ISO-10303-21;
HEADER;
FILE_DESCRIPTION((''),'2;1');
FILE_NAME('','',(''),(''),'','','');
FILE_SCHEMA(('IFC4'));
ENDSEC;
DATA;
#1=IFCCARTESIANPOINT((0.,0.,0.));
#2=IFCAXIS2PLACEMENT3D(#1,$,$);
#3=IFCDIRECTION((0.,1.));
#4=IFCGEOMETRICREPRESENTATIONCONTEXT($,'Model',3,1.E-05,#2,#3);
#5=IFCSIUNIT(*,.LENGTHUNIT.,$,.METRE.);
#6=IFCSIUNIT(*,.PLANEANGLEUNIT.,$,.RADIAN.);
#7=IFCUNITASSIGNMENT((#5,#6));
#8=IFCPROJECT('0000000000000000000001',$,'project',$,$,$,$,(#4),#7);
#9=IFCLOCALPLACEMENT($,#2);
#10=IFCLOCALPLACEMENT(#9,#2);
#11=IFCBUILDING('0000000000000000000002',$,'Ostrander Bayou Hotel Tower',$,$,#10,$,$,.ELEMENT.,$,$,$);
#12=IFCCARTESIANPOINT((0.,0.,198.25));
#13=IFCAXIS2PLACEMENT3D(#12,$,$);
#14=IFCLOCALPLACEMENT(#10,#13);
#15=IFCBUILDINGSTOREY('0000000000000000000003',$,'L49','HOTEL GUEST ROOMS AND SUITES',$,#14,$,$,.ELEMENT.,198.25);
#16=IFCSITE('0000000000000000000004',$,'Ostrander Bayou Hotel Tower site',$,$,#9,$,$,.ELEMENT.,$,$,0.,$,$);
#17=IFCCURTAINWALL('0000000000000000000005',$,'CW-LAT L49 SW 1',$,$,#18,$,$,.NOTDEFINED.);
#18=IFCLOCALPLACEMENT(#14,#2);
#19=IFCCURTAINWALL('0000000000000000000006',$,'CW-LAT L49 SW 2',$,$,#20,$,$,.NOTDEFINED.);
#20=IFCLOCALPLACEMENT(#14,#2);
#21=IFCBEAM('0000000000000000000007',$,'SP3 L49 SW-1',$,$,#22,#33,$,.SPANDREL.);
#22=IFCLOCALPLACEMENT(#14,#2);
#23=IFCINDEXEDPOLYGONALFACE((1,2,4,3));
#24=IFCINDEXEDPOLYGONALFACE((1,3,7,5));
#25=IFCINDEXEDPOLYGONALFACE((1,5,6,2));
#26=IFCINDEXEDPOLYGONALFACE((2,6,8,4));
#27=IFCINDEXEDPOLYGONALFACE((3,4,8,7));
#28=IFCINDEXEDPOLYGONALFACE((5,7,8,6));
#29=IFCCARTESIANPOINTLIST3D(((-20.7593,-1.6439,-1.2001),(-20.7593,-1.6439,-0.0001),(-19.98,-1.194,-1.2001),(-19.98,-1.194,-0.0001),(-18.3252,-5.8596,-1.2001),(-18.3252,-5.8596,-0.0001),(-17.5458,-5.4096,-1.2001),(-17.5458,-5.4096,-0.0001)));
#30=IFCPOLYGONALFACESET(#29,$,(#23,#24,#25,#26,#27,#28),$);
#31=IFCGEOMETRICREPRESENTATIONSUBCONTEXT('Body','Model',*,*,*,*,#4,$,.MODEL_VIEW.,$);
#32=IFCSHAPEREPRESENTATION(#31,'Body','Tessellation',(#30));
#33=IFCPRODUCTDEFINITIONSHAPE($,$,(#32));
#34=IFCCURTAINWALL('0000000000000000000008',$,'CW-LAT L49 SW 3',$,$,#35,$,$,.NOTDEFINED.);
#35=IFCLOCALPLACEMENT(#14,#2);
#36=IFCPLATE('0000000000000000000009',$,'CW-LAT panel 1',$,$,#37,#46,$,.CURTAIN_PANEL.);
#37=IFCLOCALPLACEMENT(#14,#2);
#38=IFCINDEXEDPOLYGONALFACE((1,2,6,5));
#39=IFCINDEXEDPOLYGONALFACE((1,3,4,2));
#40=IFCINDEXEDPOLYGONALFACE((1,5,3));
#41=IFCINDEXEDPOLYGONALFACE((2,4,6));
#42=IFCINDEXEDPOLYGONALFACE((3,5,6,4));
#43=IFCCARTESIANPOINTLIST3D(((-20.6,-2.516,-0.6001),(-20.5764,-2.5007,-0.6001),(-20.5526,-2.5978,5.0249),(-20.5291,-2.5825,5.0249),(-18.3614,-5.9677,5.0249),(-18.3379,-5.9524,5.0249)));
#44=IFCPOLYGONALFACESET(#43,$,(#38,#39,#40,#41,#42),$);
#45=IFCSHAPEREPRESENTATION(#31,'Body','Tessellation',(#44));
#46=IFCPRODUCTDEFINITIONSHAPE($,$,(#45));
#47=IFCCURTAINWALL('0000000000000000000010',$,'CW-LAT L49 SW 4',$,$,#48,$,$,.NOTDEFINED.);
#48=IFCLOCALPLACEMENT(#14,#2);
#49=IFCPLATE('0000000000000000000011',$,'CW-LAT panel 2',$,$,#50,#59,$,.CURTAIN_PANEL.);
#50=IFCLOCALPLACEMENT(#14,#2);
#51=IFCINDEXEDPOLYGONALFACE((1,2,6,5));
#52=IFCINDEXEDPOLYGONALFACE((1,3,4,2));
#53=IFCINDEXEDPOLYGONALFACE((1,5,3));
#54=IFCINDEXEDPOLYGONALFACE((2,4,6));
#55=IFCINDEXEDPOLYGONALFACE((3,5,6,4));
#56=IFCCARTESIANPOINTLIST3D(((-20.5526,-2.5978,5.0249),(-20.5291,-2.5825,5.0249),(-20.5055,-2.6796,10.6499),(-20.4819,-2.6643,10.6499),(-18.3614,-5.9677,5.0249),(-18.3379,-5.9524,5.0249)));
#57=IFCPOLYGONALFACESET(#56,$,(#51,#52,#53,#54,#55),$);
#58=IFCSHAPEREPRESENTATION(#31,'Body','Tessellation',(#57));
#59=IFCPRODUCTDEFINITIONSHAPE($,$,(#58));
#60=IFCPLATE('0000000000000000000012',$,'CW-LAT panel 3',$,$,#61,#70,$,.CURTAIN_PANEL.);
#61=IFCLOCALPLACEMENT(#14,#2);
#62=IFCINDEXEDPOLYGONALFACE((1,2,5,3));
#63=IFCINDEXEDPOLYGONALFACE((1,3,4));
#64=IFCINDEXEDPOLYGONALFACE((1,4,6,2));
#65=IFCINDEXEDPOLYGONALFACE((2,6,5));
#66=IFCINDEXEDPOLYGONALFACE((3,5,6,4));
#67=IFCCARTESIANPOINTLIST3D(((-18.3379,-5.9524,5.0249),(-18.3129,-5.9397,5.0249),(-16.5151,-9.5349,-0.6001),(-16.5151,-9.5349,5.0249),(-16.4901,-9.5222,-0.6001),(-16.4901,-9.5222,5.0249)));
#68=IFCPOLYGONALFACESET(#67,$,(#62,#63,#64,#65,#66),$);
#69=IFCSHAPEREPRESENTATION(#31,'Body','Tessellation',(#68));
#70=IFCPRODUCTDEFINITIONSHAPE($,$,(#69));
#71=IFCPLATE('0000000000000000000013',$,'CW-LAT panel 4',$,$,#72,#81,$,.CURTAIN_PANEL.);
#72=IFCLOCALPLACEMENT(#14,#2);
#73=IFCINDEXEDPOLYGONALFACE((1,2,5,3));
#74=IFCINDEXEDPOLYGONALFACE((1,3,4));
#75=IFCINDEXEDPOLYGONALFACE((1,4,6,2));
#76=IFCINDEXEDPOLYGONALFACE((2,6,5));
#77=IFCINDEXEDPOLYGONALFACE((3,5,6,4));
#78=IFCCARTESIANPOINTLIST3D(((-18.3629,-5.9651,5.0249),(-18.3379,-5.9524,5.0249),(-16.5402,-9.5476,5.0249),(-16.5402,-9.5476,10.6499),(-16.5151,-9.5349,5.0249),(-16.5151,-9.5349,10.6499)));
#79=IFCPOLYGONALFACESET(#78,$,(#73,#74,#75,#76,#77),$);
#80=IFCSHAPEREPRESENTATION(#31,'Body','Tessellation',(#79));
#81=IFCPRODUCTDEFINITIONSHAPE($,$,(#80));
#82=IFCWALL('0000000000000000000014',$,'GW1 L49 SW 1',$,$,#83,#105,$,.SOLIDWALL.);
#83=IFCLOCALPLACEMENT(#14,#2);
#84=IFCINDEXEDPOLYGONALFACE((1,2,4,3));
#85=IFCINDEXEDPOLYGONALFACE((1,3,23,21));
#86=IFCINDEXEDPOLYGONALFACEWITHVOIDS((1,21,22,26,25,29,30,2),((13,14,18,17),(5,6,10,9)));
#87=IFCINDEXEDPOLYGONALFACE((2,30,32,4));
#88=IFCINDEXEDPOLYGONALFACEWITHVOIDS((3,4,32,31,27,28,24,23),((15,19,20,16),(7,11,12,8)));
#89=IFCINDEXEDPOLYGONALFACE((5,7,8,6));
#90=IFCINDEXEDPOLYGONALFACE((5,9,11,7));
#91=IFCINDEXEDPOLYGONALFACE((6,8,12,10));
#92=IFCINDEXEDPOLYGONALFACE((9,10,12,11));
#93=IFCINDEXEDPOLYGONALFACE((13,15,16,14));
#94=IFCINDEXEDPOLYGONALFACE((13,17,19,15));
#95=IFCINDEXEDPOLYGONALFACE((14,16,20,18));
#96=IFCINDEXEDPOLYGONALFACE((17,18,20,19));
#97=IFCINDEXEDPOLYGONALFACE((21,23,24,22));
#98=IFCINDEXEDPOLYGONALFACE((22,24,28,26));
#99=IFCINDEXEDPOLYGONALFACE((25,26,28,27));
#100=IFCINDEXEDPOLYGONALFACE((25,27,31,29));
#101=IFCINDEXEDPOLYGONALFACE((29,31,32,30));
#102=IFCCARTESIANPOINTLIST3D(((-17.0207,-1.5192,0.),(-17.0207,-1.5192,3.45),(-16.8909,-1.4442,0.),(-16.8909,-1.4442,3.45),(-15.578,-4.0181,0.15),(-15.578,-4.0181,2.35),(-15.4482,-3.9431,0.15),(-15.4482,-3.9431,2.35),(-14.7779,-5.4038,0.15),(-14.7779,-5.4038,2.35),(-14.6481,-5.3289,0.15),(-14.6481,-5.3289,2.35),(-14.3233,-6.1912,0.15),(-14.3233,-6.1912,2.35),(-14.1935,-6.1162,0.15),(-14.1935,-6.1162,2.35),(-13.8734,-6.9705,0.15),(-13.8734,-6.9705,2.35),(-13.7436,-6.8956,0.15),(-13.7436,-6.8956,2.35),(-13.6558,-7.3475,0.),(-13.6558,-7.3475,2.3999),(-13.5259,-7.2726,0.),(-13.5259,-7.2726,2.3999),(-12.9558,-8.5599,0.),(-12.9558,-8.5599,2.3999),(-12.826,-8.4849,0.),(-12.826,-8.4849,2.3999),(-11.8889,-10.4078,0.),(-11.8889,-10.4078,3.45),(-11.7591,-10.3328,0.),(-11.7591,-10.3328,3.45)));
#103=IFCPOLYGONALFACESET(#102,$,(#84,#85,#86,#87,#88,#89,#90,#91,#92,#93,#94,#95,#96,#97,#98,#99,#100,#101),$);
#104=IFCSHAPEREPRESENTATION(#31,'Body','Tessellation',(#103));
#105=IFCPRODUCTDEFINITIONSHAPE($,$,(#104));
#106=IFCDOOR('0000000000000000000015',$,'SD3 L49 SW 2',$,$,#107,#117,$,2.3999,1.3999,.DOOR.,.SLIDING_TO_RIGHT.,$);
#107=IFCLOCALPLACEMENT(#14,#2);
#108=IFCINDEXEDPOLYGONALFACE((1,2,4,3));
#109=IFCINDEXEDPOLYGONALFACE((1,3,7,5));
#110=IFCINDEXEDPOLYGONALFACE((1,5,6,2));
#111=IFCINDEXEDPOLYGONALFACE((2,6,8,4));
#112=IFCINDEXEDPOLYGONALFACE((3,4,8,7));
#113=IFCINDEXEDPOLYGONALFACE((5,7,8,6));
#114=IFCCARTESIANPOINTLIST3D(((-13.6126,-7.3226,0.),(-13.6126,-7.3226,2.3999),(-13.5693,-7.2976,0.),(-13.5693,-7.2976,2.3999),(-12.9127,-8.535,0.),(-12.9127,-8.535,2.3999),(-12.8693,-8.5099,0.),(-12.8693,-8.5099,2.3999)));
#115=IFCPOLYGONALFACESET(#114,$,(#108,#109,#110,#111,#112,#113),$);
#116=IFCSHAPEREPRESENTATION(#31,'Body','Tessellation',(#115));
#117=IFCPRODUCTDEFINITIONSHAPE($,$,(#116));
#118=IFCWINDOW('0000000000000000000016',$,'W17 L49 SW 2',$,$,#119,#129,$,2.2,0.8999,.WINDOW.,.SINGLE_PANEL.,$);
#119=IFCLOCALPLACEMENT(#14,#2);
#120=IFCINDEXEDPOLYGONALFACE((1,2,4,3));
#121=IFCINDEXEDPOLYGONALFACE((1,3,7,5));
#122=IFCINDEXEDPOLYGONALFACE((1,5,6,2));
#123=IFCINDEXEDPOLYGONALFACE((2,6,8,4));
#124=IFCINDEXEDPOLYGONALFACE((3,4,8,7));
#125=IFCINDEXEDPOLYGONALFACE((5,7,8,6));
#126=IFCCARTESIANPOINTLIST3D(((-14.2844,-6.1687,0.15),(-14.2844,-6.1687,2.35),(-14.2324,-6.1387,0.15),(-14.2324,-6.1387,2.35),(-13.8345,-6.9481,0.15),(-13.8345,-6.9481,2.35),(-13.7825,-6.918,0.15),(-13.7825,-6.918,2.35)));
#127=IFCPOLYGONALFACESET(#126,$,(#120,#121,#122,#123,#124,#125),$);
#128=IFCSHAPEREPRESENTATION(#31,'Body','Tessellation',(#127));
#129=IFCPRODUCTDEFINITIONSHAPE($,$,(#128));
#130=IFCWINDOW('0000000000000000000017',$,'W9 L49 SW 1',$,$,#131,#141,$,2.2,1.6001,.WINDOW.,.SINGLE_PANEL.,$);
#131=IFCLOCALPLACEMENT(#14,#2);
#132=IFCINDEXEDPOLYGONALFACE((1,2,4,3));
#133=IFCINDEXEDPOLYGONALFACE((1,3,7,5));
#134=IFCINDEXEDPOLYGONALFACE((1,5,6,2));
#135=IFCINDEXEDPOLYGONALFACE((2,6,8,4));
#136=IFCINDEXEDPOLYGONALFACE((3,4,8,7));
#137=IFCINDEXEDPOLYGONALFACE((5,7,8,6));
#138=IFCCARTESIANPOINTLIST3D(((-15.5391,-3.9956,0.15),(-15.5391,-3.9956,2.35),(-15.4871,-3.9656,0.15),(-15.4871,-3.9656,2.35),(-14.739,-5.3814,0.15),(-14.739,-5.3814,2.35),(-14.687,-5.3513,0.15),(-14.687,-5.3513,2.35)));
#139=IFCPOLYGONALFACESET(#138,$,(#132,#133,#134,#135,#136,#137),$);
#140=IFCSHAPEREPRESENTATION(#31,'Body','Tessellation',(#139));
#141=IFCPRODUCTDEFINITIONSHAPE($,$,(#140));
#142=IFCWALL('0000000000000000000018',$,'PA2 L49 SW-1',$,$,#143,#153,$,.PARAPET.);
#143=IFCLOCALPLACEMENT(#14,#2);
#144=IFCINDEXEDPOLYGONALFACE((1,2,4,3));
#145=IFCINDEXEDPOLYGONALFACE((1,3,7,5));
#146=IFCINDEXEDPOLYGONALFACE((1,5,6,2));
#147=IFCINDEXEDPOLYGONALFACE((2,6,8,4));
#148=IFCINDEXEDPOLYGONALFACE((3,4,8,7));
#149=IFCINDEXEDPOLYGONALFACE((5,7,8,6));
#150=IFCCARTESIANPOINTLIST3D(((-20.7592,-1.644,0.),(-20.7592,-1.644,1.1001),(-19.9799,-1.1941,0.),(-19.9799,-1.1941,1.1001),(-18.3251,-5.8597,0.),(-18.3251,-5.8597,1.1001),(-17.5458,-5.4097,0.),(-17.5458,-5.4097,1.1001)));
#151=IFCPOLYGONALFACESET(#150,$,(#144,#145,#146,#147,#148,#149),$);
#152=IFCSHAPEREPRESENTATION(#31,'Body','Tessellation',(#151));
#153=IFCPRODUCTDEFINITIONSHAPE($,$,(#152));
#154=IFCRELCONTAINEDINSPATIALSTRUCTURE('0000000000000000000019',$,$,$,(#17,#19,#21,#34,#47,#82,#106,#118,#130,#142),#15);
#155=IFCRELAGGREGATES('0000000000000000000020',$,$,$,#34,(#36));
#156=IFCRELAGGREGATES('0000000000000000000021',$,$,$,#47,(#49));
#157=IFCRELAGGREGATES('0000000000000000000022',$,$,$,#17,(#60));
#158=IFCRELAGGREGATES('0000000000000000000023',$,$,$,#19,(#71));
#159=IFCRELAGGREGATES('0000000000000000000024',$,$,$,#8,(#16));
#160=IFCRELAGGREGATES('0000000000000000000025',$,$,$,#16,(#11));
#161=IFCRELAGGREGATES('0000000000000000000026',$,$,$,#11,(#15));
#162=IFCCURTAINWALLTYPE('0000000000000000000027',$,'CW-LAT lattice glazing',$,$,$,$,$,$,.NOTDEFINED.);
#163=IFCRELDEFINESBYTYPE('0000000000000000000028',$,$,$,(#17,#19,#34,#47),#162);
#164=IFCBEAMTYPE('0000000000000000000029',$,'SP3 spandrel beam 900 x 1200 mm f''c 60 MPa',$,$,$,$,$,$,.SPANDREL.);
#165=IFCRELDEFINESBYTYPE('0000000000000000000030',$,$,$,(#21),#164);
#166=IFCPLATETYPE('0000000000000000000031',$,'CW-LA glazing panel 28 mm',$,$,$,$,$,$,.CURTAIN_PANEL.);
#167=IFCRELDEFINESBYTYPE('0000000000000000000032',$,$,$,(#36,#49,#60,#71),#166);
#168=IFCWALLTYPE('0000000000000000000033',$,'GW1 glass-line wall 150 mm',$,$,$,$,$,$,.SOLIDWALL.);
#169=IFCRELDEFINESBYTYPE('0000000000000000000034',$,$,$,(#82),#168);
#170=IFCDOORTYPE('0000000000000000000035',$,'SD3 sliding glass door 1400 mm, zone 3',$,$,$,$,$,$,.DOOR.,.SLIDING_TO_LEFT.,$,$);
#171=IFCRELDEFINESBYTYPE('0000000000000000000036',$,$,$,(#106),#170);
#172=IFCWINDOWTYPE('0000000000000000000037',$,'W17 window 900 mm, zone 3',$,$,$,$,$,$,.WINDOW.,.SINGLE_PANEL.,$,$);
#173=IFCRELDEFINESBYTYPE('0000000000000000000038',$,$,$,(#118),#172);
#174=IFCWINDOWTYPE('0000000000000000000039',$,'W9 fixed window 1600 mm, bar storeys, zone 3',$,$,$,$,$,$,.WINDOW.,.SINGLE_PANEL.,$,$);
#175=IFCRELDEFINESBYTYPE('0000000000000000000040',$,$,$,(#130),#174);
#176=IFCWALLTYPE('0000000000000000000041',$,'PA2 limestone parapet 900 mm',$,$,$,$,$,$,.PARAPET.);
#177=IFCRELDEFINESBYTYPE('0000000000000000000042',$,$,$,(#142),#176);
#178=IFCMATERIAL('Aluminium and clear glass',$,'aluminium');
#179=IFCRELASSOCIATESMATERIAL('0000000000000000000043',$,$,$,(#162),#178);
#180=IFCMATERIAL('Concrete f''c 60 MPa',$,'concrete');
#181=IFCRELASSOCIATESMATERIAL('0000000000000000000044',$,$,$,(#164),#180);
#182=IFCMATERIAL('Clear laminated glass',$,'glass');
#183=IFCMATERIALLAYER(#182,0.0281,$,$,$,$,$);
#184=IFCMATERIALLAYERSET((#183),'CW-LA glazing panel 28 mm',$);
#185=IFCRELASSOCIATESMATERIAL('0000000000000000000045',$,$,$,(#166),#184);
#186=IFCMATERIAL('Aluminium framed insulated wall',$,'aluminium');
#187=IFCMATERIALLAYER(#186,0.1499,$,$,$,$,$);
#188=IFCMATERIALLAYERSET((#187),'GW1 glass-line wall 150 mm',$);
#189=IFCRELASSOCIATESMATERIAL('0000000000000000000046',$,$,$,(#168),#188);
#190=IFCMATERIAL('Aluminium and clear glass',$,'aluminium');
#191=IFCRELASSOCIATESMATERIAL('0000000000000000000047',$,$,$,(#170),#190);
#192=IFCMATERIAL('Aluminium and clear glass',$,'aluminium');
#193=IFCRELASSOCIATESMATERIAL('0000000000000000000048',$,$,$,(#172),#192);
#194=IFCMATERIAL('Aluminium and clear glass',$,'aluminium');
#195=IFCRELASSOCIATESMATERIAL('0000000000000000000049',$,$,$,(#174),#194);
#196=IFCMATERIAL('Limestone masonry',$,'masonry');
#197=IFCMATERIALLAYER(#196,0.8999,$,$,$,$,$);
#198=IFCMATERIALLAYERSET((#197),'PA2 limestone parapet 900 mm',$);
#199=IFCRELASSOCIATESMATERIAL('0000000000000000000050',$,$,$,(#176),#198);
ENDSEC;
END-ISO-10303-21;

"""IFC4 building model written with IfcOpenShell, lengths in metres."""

from ifc_helpers import new_model, si_unit, direction, frame, frame_2d, origin, origin_2d, place, context, subcontext, project, spatial, polyline, rectangle, outline, extrude, material, layer, layer_set, material_profile, profile_set, type_object, element, fill, aggregate, save


model = new_model("IFC4")

# Units and contexts
model_context = context("Model", 3, precision=1e-05, world=origin(), true_north=direction((0.0, 1.0)))
body_context = subcontext(model_context, "Body", "Model", "MODEL_VIEW")
ifc_project = project(units=[si_unit("LENGTHUNIT", "METRE"), si_unit("PLANEANGLEUNIT", "RADIAN")], contexts=[model_context])

# Site, building, storey
site_placement = place(None, origin())
site = spatial("IfcSite", under=ifc_project, at=site_placement, Name="Ostrander Bayou Hotel Tower site", CompositionType="ELEMENT", RefElevation=0.0)
building_placement = place(site_placement, origin())
building = spatial("IfcBuilding", under=site, at=building_placement, Name="Ostrander Bayou Hotel Tower", CompositionType="ELEMENT")
storey_placement = place(building_placement, frame((0.0, 0.0, 198.25)))
storey = spatial("IfcBuildingStorey", under=building, at=storey_placement, Name="L49", Description="HOTEL GUEST ROOMS AND SUITES", CompositionType="ELEMENT", Elevation=198.25)

# Curtain wall
ifc_material_1 = material(Name="Aluminium and clear glass", Category="aluminium")
curtain_wall_type = type_object("IfcCurtainWallType", Name="CW-LAT lattice glazing", PredefinedType="NOTDEFINED", material=ifc_material_1)
curtain_wall_1_placement = place(storey_placement, origin())
curtain_wall_1 = element("IfcCurtainWall", 1, at=curtain_wall_1_placement, inside=storey, type_object=curtain_wall_type, Name="CW-LAT L49 SW 1", PredefinedType="NOTDEFINED")

# Curtain wall
curtain_wall_2_placement = place(storey_placement, origin())
curtain_wall_2 = element("IfcCurtainWall", 2, at=curtain_wall_2_placement, inside=storey, type_object=curtain_wall_type, Name="CW-LAT L49 SW 2", PredefinedType="NOTDEFINED")

# Beam
ifc_material_2 = material(Name="Concrete f'c 60 MPa", Category="concrete")
ifc_material_profile_1 = material_profile(ifc_material_2, rectangle(XDim=0.8999, YDim=1.2, at=origin_2d()))
ifc_profile_set_1 = profile_set([ifc_material_profile_1], Name="Concrete f'c 60 MPa")
beam_type_1 = type_object("IfcBeamType", Name="SP3 spandrel beam 900 x 1200 mm f'c 60 MPa", PredefinedType="SPANDREL", material=ifc_profile_set_1)
beam_1_placement = place(storey_placement, frame((-20.3696, -1.4189, -0.6001), z_axis=(0.500034, -0.866006, 0.0), x_axis=(0.866006, 0.500034, 0.0)))
element("IfcBeam", 3, at=beam_1_placement, inside=storey, type_object=beam_type_1, Name="SP3 L49 SW-1", PredefinedType="SPANDREL", context=body_context, shape_type="SweptSolid", body=[
    extrude(rectangle(XDim=0.8999, YDim=1.2, at=origin_2d()), origin(), (0.0, 0.0, 1.0), 4.8679),
])

# Curtain walls, plates
curtain_wall_3_placement = place(storey_placement, origin())
curtain_wall_3 = element("IfcCurtainWall", 4, at=curtain_wall_3_placement, inside=storey, type_object=curtain_wall_type, Name="CW-LAT L49 SW 3", PredefinedType="NOTDEFINED")
ifc_material_3 = material(Name="Clear laminated glass", Category="glass")
ifc_layer_1 = layer(ifc_material_3, 0.0281)
ifc_layer_set_1 = layer_set([ifc_layer_1], Name="CW-LA glazing panel 28 mm")
plate_type = type_object("IfcPlateType", Name="CW-LA glazing panel 28 mm", PredefinedType="CURTAIN_PANEL", material=ifc_layer_set_1)
plate_1_placement = place(storey_placement, frame((-18.3379, -5.9524, 5.0249), z_axis=(0.838359, 0.545118, 0.000867), x_axis=(-0.321216, 0.495295, -0.807157)))
plate_1 = element("IfcPlate", 5, at=plate_1_placement, type_object=plate_type, Name="CW-LAT panel 1", PredefinedType="CURTAIN_PANEL", context=body_context, shape_type="SweptSolid", body=[
    extrude(outline(polyline([(0.0, 0.0), (6.9689, 0.0), (2.3729, 3.2445), (0.0, 0.0)])), origin(), (0.0, 0.0, -1.0), 0.0281),
])
aggregate(curtain_wall_3, [plate_1])
curtain_wall_4_placement = place(storey_placement, origin())
curtain_wall_4 = element("IfcCurtainWall", 6, at=curtain_wall_4_placement, inside=storey, type_object=curtain_wall_type, Name="CW-LAT L49 SW 4", PredefinedType="NOTDEFINED")
plate_2_placement = place(storey_placement, frame((-18.3379, -5.9524, 5.0249), z_axis=(0.838359, 0.545118, 0.000903), x_axis=(-0.312578, 0.479367, 0.820063)))
plate_2 = element("IfcPlate", 7, at=plate_2_placement, type_object=plate_type, Name="CW-LAT panel 2", PredefinedType="CURTAIN_PANEL", context=body_context, shape_type="SweptSolid", body=[
    extrude(outline(polyline([(0.0, 0.0), (6.8592, 0.0), (2.3003, -3.2963), (0.0, 0.0)])), origin(), (0.0, 0.0, -1.0), 0.0281),
])
aggregate(curtain_wall_4, [plate_2])

# Plates
plate_3_placement = place(storey_placement, frame((-18.3379, -5.9524, 5.0249), z_axis=(-0.891271, -0.453471, 0.0), x_axis=(0.263649, -0.518186, -0.813617)))
plate_3 = element("IfcPlate", 8, at=plate_3_placement, type_object=plate_type, Name="CW-LAT panel 3", PredefinedType="CURTAIN_PANEL", context=body_context, shape_type="SweptSolid", body=[
    extrude(outline(polyline([(0.0, 0.0), (6.9136, 0.0), (2.337, 3.2704), (0.0, 0.0)])), origin(), (0.0, 0.0, -1.0), 0.0281),
])
aggregate(curtain_wall_1, [plate_3])
plate_4_placement = place(storey_placement, frame((-18.3379, -5.9524, 5.0249), z_axis=(0.891271, 0.453471, 0.0), x_axis=(0.263649, -0.518186, 0.813617)))
plate_4 = element("IfcPlate", 9, at=plate_4_placement, type_object=plate_type, Name="CW-LAT panel 4", PredefinedType="CURTAIN_PANEL", context=body_context, shape_type="SweptSolid", body=[
    extrude(outline(polyline([(0.0, 0.0), (6.9136, 0.0), (2.337, 3.2704), (0.0, 0.0)])), origin(), (0.0, 0.0, -1.0), 0.0281),
])
aggregate(curtain_wall_2, [plate_4])

# Wall, openings, door, windows
ifc_material_4 = material(Name="Aluminium framed insulated wall", Category="aluminium")
ifc_layer_2 = layer(ifc_material_4, 0.1499)
ifc_layer_set_2 = layer_set([ifc_layer_2], Name="GW1 glass-line wall 150 mm")
wall_type_1 = type_object("IfcWallType", Name="GW1 glass-line wall 150 mm", PredefinedType="SOLIDWALL", material=ifc_layer_set_2)
wall_1_placement = place(storey_placement, frame((-16.9558, -1.4817, 0.0), z_axis=(0.0, 0.0, 1.0), x_axis=(0.499997, -0.866027, 0.0)))
wall_1 = element("IfcWall", 10, at=wall_1_placement, inside=storey, type_object=wall_type_1, Name="GW1 L49 SW 1", PredefinedType="SOLIDWALL", context=body_context, shape_type="SweptSolid", body=[
    extrude(rectangle(XDim=10.2637, YDim=0.1499, at=frame_2d((5.1318, 0.0))), origin(), (0.0, 0.0, 1.0), 3.45),
])
opening_1_placement = place(wall_1_placement, frame((2.8855, 0.0, 0.1499)))
opening_1 = element("IfcOpeningElement", 11, at=opening_1_placement, cuts=wall_1, PredefinedType="OPENING", context=body_context, shape_type="SweptSolid", body=[
    extrude(rectangle(XDim=1.6001, YDim=2.2, at=frame_2d((0.8, 1.1001))), frame((0.0, 0.075, 0.0), z_axis=(0.0, -1.0, 0.0), x_axis=(1.0, 0.0, 0.0)), (0.0, 0.0, 1.0), 0.1499),
])
opening_2_placement = place(wall_1_placement, frame((5.3948, 0.0, 0.1499)))
opening_2 = element("IfcOpeningElement", 12, at=opening_2_placement, cuts=wall_1, PredefinedType="OPENING", context=body_context, shape_type="SweptSolid", body=[
    extrude(rectangle(XDim=0.8999, YDim=2.2, at=frame_2d((0.45, 1.1001))), frame((0.0, 0.075, 0.0), z_axis=(0.0, -1.0, 0.0), x_axis=(1.0, 0.0, 0.0)), (0.0, 0.0, 1.0), 0.1499),
])
opening_3_placement = place(wall_1_placement, frame((6.73, 0.0, 0.0)))
opening_3 = element("IfcOpeningElement", 13, at=opening_3_placement, cuts=wall_1, PredefinedType="OPENING", context=body_context, shape_type="SweptSolid", body=[
    extrude(rectangle(XDim=1.3999, YDim=2.3999, at=frame_2d((0.7, 1.2))), frame((0.0, 0.075, 0.0), z_axis=(0.0, -1.0, 0.0), x_axis=(1.0, 0.0, 0.0)), (0.0, 0.0, 1.0), 0.1499),
])
ifc_material_5 = material(Name="Aluminium and clear glass", Category="aluminium")
door_type_1 = type_object("IfcDoorType", Name="SD3 sliding glass door 1400 mm, zone 3", OperationType="SLIDING_TO_LEFT", PredefinedType="DOOR", material=ifc_material_5)
door_1_placement = place(opening_3_placement, origin())
door_1 = element("IfcDoor", 14, at=door_1_placement, inside=storey, type_object=door_type_1, Name="SD3 L49 SW 2", OperationType="SLIDING_TO_RIGHT", OverallHeight=2.3999, OverallWidth=1.3999, PredefinedType="DOOR", context=body_context, shape_type="SweptSolid", body=[
    extrude(rectangle(XDim=1.3999, YDim=2.3999, at=frame_2d((0.7, 1.2))), frame((0.0, 0.0249, 0.0), z_axis=(0.0, -1.0, 0.0), x_axis=(1.0, 0.0, 0.0)), (0.0, 0.0, 1.0), 0.05),
])
fill(opening_3, door_1)
ifc_material_6 = material(Name="Aluminium and clear glass", Category="aluminium")
window_type_1 = type_object("IfcWindowType", Name="W17 window 900 mm, zone 3", PartitioningType="SINGLE_PANEL", PredefinedType="WINDOW", material=ifc_material_6)
window_1_placement = place(opening_2_placement, origin())
window_1 = element("IfcWindow", 15, at=window_1_placement, inside=storey, type_object=window_type_1, Name="W17 L49 SW 2", OverallHeight=2.2, OverallWidth=0.8999, PartitioningType="SINGLE_PANEL", PredefinedType="WINDOW", context=body_context, shape_type="SweptSolid", body=[
    extrude(rectangle(XDim=0.8999, YDim=2.2, at=frame_2d((0.45, 1.1001))), frame((0.0, 0.03, 0.0), z_axis=(0.0, -1.0, 0.0), x_axis=(1.0, 0.0, 0.0)), (0.0, 0.0, 1.0), 0.0601),
])
fill(opening_2, window_1)
ifc_material_7 = material(Name="Aluminium and clear glass", Category="aluminium")
window_type_2 = type_object("IfcWindowType", Name="W9 fixed window 1600 mm, bar storeys, zone 3", PartitioningType="SINGLE_PANEL", PredefinedType="WINDOW", material=ifc_material_7)
window_2_placement = place(opening_1_placement, origin())
window_2 = element("IfcWindow", 16, at=window_2_placement, inside=storey, type_object=window_type_2, Name="W9 L49 SW 1", OverallHeight=2.2, OverallWidth=1.6001, PartitioningType="SINGLE_PANEL", PredefinedType="WINDOW", context=body_context, shape_type="SweptSolid", body=[
    extrude(rectangle(XDim=1.6001, YDim=2.2, at=frame_2d((0.8, 1.1001))), frame((0.0, 0.03, 0.0), z_axis=(0.0, -1.0, 0.0), x_axis=(1.0, 0.0, 0.0)), (0.0, 0.0, 1.0), 0.0601),
])
fill(opening_1, window_2)

# Wall
ifc_material_8 = material(Name="Limestone masonry", Category="masonry")
ifc_layer_3 = layer(ifc_material_8, 0.8999)
ifc_layer_set_3 = layer_set([ifc_layer_3], Name="PA2 limestone parapet 900 mm")
wall_type_2 = type_object("IfcWallType", Name="PA2 limestone parapet 900 mm", PredefinedType="PARAPET", material=ifc_layer_set_3)
wall_2_placement = place(storey_placement, frame((-20.3696, -1.4189, 0.0), z_axis=(0.0, 0.0, 1.0), x_axis=(0.500034, -0.866006, 0.0)))
element("IfcWall", 17, at=wall_2_placement, inside=storey, type_object=wall_type_2, Name="PA2 L49 SW-1", PredefinedType="PARAPET", context=body_context, shape_type="SweptSolid", body=[
    extrude(rectangle(XDim=4.8679, YDim=0.8999, at=frame_2d((2.4341, 0.0))), origin(), (0.0, 0.0, 1.0), 1.1001),
])

save(model, "model.ifc")
